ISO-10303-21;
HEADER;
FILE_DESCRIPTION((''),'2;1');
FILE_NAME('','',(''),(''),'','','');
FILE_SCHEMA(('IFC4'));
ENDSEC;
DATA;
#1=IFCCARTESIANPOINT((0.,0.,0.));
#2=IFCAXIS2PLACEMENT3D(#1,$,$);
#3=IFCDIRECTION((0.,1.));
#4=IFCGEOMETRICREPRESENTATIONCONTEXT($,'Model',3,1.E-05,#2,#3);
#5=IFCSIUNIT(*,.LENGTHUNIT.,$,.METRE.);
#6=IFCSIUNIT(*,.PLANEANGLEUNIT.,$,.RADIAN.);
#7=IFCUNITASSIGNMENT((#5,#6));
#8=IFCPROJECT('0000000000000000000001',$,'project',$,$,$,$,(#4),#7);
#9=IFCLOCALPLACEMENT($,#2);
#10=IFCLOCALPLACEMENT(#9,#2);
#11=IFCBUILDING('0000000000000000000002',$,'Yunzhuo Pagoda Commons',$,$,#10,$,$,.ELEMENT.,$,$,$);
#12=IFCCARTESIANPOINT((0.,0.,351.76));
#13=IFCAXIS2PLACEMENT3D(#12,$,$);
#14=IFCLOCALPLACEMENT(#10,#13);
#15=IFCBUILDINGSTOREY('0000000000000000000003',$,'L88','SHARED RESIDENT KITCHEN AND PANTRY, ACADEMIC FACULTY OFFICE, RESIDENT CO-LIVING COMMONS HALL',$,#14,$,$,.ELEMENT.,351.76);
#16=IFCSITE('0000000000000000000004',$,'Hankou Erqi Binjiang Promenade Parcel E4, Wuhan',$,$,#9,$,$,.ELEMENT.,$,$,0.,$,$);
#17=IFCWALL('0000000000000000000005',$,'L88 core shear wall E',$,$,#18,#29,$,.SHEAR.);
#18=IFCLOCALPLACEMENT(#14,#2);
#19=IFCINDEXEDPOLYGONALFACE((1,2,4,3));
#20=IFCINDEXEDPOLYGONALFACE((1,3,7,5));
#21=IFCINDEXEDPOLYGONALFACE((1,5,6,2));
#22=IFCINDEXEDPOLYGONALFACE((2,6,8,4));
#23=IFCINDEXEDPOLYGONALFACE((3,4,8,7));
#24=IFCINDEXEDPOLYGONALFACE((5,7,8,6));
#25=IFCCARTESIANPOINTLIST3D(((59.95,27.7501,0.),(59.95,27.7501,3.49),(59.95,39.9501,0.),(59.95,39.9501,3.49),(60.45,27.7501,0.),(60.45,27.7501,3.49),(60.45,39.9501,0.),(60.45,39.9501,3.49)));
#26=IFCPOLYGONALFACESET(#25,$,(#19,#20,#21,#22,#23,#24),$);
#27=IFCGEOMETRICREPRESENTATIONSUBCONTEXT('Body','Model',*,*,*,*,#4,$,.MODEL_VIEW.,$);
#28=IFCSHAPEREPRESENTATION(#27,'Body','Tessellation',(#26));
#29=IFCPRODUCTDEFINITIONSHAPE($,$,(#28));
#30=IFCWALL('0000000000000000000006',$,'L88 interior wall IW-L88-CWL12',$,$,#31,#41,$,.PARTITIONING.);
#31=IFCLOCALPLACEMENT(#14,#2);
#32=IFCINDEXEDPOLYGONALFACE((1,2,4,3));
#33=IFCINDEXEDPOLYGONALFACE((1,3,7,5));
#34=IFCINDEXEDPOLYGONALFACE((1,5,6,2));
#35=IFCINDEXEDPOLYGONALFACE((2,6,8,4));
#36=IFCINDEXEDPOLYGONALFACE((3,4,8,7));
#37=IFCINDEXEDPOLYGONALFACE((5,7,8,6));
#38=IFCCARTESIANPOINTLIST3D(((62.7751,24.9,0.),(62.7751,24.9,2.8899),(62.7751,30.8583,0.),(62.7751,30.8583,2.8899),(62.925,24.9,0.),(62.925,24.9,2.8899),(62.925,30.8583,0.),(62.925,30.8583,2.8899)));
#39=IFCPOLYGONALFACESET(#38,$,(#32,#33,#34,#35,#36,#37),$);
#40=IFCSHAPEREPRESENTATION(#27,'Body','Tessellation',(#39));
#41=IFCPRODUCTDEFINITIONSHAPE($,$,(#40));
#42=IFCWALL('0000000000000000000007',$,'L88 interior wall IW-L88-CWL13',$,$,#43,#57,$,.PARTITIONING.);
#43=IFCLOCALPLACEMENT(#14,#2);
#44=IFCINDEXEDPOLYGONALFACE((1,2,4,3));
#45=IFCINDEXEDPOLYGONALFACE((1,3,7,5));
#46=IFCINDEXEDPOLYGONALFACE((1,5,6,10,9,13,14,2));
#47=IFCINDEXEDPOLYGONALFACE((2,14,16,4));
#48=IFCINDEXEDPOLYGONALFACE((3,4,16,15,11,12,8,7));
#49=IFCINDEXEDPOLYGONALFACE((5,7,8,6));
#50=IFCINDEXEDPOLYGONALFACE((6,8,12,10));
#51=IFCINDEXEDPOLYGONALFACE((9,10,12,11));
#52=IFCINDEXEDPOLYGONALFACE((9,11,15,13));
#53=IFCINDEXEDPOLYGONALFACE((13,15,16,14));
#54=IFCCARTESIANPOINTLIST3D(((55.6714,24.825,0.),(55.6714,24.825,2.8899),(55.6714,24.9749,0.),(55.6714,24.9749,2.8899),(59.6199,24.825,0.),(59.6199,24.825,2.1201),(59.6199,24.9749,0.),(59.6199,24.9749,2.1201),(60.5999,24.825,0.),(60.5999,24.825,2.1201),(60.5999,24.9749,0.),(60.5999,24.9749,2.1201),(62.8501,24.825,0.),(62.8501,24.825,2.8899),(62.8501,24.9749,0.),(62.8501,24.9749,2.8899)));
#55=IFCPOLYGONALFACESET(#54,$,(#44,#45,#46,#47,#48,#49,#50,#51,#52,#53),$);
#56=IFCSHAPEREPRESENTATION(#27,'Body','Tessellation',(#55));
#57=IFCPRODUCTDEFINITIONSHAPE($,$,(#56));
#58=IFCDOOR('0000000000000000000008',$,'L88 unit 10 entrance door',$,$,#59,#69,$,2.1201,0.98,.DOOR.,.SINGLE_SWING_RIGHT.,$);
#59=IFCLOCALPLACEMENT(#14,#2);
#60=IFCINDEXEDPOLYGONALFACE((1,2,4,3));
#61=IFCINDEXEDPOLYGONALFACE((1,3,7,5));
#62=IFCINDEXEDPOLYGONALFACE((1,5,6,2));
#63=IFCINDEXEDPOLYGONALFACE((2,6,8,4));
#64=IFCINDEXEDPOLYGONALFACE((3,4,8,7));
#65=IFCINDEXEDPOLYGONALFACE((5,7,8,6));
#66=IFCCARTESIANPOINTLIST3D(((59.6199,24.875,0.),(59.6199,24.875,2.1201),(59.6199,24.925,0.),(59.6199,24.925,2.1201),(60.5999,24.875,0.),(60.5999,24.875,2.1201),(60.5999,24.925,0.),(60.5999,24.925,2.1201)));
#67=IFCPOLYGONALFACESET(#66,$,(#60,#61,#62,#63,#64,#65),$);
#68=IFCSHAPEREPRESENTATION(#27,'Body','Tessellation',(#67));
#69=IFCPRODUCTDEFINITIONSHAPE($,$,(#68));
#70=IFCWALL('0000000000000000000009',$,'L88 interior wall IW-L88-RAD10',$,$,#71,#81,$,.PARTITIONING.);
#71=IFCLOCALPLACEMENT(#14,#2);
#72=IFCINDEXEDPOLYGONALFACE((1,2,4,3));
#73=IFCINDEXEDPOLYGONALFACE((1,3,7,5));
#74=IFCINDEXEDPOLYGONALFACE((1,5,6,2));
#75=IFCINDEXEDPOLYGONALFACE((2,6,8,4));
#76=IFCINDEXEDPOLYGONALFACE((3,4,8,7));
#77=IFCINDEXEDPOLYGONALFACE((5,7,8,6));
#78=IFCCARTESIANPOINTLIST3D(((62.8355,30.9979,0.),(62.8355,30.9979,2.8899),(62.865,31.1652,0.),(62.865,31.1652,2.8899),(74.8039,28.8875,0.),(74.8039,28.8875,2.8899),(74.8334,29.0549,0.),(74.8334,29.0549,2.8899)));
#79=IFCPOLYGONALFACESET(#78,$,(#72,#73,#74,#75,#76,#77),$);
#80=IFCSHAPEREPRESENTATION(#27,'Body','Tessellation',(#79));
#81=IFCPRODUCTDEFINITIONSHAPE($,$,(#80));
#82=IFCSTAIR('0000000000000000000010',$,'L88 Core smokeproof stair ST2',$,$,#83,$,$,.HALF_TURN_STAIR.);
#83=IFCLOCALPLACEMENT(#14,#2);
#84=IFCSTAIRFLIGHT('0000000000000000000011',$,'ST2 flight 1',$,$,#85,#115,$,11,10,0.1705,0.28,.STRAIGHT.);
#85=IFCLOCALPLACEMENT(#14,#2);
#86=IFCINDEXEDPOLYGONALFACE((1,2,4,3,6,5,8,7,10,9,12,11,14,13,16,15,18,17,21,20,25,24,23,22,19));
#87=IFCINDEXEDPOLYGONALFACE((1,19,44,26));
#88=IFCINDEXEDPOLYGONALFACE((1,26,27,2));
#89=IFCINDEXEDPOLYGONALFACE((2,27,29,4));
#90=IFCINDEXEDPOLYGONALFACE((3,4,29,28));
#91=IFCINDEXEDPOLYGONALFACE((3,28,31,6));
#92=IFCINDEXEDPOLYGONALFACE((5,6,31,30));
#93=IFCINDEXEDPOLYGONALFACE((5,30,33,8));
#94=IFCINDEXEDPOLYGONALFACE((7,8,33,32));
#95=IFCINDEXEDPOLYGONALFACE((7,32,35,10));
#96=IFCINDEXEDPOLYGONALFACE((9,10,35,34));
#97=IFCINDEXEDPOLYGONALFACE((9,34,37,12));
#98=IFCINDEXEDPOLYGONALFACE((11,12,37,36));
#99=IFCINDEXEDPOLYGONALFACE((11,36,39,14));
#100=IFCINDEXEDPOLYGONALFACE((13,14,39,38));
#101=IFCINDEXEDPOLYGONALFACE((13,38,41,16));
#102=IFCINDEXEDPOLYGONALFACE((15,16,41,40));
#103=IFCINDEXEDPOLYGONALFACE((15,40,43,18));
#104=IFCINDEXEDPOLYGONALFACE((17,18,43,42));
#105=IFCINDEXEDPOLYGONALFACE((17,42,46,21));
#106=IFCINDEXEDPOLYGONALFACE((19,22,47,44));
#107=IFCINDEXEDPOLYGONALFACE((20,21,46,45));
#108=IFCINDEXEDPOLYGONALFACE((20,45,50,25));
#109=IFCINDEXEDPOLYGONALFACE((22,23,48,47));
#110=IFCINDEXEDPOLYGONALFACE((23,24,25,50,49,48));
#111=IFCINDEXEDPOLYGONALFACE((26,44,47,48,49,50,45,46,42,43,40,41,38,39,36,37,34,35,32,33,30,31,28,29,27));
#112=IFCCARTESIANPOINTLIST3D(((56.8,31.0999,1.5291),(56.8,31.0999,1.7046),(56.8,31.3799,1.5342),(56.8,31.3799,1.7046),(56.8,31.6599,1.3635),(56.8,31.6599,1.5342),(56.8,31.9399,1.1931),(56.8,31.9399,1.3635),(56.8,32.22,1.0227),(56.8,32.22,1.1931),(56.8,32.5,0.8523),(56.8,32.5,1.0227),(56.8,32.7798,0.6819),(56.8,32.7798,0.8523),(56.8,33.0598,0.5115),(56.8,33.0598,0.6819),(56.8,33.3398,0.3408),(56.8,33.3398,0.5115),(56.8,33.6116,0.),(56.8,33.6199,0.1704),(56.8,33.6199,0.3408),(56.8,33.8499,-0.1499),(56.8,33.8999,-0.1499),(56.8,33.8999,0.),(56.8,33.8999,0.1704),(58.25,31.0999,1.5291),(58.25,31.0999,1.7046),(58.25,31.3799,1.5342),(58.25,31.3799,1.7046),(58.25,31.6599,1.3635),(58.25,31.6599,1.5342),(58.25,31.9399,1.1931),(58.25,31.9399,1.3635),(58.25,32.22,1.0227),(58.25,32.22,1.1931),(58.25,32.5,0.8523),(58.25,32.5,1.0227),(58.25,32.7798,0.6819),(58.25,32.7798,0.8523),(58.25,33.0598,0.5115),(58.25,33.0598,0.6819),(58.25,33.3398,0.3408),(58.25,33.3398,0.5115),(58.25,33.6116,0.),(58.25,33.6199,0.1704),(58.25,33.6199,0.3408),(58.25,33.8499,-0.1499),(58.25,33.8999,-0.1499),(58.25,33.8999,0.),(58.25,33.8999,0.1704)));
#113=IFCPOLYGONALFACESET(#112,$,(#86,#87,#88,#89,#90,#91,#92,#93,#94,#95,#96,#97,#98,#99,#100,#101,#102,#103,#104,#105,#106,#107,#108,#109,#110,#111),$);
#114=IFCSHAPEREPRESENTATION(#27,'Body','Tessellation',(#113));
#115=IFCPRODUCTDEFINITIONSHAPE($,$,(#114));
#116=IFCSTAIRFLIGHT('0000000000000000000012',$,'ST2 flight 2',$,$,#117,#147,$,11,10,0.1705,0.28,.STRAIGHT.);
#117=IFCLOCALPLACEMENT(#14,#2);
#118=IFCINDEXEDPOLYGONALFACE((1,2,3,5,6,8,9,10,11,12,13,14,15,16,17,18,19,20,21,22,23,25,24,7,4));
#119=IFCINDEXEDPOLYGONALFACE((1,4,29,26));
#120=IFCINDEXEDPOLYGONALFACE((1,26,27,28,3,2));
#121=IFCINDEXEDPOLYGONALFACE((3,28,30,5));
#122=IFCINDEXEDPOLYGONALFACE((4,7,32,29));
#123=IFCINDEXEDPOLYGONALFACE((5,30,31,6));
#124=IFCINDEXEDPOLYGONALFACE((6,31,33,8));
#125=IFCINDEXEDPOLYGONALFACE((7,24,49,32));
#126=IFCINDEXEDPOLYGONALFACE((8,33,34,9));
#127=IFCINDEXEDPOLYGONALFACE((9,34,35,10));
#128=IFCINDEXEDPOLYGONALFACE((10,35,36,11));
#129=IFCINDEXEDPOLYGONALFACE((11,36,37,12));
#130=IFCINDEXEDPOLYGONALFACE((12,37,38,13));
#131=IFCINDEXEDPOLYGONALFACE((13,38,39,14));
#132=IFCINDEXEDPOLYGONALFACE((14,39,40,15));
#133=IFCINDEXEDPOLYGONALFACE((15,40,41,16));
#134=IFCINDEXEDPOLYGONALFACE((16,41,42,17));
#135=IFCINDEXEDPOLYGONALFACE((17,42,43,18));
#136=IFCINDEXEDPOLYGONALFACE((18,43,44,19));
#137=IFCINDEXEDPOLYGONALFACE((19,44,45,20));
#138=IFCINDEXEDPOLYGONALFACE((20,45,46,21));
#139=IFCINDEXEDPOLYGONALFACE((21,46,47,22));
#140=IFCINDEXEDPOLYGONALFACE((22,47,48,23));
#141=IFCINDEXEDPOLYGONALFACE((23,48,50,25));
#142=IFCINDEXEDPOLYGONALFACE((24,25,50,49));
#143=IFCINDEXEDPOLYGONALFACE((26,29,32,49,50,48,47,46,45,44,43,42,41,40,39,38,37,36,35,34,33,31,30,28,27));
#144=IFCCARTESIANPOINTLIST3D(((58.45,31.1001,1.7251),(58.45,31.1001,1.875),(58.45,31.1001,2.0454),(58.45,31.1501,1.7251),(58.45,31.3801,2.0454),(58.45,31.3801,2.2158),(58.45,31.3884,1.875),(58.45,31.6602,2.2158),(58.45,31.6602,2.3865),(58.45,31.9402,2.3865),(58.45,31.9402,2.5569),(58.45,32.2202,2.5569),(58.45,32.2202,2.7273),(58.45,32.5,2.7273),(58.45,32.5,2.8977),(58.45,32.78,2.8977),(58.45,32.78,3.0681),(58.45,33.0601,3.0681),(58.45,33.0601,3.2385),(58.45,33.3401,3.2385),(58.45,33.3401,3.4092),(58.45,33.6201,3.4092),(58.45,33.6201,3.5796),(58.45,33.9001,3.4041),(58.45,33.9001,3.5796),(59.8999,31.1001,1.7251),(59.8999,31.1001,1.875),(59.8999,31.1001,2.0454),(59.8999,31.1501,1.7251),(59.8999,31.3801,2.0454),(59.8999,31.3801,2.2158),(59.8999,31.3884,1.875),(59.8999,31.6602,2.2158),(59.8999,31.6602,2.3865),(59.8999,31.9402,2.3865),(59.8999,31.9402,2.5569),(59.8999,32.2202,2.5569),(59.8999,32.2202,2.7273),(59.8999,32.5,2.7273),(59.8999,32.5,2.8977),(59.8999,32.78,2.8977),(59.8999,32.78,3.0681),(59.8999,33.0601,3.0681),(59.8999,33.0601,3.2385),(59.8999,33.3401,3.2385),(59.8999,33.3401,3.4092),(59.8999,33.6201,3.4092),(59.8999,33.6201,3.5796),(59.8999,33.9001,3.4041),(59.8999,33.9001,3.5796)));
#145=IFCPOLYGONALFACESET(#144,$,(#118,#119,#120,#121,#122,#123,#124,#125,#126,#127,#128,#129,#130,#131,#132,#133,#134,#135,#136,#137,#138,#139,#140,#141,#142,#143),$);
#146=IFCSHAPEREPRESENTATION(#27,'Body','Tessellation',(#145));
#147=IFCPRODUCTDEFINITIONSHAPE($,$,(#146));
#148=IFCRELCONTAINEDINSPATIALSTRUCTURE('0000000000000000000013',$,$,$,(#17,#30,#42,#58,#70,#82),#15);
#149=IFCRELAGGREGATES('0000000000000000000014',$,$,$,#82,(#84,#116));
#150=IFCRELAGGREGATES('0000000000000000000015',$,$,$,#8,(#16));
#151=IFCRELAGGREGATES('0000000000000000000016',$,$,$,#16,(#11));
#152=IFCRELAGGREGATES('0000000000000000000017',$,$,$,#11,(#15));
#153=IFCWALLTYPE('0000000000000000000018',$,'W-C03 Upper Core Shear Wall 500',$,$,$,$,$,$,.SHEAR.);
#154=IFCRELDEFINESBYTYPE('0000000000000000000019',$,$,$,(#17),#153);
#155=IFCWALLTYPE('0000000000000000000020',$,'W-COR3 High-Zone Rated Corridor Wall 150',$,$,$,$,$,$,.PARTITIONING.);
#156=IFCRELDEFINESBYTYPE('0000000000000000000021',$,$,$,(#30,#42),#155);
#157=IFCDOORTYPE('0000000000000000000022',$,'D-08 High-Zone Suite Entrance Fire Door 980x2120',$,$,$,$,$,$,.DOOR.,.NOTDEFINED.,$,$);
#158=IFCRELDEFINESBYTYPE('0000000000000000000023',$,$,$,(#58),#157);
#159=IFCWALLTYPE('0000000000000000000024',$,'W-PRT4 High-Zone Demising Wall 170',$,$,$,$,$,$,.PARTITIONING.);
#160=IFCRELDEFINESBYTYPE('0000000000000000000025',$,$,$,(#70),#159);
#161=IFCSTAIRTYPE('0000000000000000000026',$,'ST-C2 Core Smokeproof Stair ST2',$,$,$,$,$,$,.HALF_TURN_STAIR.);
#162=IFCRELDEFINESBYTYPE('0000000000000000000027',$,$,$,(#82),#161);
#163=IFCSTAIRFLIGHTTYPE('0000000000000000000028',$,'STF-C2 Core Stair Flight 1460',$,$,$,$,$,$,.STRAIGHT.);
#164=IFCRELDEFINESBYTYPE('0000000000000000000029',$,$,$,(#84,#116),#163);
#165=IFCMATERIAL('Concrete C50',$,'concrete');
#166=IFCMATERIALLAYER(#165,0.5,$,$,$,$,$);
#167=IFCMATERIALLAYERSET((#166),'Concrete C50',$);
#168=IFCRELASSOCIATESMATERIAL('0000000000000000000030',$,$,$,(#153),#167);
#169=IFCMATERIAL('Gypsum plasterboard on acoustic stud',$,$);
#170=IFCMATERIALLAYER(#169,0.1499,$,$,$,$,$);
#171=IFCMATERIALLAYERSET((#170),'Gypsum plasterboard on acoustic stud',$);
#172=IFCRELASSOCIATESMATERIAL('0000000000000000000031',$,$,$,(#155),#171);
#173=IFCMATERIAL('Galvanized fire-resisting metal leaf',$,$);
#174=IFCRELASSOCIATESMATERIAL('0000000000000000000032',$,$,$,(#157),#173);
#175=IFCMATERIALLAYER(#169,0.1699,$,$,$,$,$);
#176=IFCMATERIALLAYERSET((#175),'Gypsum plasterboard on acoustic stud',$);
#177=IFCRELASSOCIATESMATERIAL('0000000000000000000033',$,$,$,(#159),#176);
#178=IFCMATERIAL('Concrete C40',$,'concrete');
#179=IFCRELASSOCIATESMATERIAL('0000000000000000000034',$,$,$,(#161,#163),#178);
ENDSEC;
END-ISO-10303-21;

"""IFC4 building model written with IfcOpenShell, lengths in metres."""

from ifc_helpers import new_model, si_unit, direction, frame, frame_2d, origin, origin_with_axes, place, context, subcontext, project, spatial, polyline, rectangle, outline, extrude, source, transform, mapped, material, layer, layer_set, type_object, element, fill, aggregate, save


model = new_model("IFC4")

# Units and contexts
model_context = context("Model", 3, precision=1e-05, world=origin(), true_north=direction((0.0, 1.0)))
body_context = subcontext(model_context, "Body", "Model", "MODEL_VIEW")
ifc_project = project(units=[si_unit("LENGTHUNIT", "METRE"), si_unit("PLANEANGLEUNIT", "RADIAN")], contexts=[model_context])

# Site, building, storey
site_placement = place(None, origin())
site = spatial("IfcSite", under=ifc_project, at=site_placement, Name="Hankou Erqi Binjiang Promenade Parcel E4, Wuhan", CompositionType="ELEMENT", RefElevation=0.0)
building_placement = place(site_placement, origin())
building = spatial("IfcBuilding", under=site, at=building_placement, Name="Yunzhuo Pagoda Commons", CompositionType="ELEMENT")
storey_placement = place(building_placement, frame((0.0, 0.0, 351.76)))
storey = spatial("IfcBuildingStorey", under=building, at=storey_placement, Name="L88", Description="SHARED RESIDENT KITCHEN AND PANTRY, ACADEMIC FACULTY OFFICE, RESIDENT CO-LIVING COMMONS HALL", CompositionType="ELEMENT", Elevation=351.76)

# Walls
ifc_material_1 = material(Name="Concrete C50", Category="concrete")
ifc_layer_1 = layer(ifc_material_1, 0.5)
ifc_layer_set_1 = layer_set([ifc_layer_1], Name="Concrete C50")
wall_type_1 = type_object("IfcWallType", Name="W-C03 Upper Core Shear Wall 500", PredefinedType="SHEAR", material=ifc_layer_set_1)
wall_1_placement = place(storey_placement, frame((60.2, 27.75, 0.0), z_axis=(0.0, 0.0, 1.0), x_axis=(0.0, 1.0, 0.0)))
element("IfcWall", 1, at=wall_1_placement, inside=storey, type_object=wall_type_1, Name="L88 core shear wall E", PredefinedType="SHEAR", context=body_context, shape_type="SweptSolid", body=[
    extrude(rectangle(XDim=12.2, YDim=0.5, at=frame_2d((6.1001, 0.0))), origin(), (0.0, 0.0, 1.0), 3.49),
])
ifc_material_2 = material(Name="Gypsum plasterboard on acoustic stud")
ifc_layer_2 = layer(ifc_material_2, 0.1499)
ifc_layer_set_2 = layer_set([ifc_layer_2], Name="Gypsum plasterboard on acoustic stud")
wall_type_2 = type_object("IfcWallType", Name="W-COR3 High-Zone Rated Corridor Wall 150", PredefinedType="PARTITIONING", material=ifc_layer_set_2)
wall_2_placement = place(storey_placement, frame((62.8501, 30.8582, 0.0), z_axis=(0.0, 0.0, 1.0), x_axis=(0.0, -1.0, 0.0)))
element("IfcWall", 2, at=wall_2_placement, inside=storey, type_object=wall_type_2, Name="L88 interior wall IW-L88-CWL12", PredefinedType="PARTITIONING", context=body_context, shape_type="SweptSolid", body=[
    extrude(rectangle(XDim=5.9583, YDim=0.1499, at=frame_2d((2.979, 0.0))), origin(), (0.0, 0.0, 1.0), 2.8899),
])

# Wall, opening, door
wall_3_placement = place(storey_placement, frame((62.8501, 24.8999, 0.0), z_axis=(0.0, 0.0, 1.0), x_axis=(-1.0, 0.0, 0.0)))
wall_3 = element("IfcWall", 3, at=wall_3_placement, inside=storey, type_object=wall_type_2, Name="L88 interior wall IW-L88-CWL13", PredefinedType="PARTITIONING", context=body_context, shape_type="SweptSolid", body=[
    extrude(rectangle(XDim=7.1787, YDim=0.1499, at=frame_2d((3.5894, 0.0))), origin(), (0.0, 0.0, 1.0), 2.8899),
])
opening_placement = place(wall_3_placement, frame((2.2502, 0.0, 0.0)))
opening = element("IfcOpeningElement", 4, at=opening_placement, cuts=wall_3, PredefinedType="OPENING", context=body_context, shape_type="SweptSolid", body=[
    extrude(rectangle(XDim=0.98, YDim=2.1201, at=frame_2d((0.49, 1.0601))), frame((0.0, 0.085, 0.0), z_axis=(0.0, -1.0, 0.0), x_axis=(1.0, 0.0, 0.0)), (0.0, 0.0, 1.0), 0.1699),
])
ifc_material_3 = material(Name="Galvanized fire-resisting metal leaf")
door_type = type_object("IfcDoorType", Name="D-08 High-Zone Suite Entrance Fire Door 980x2120", OperationType="NOTDEFINED", PredefinedType="DOOR", material=ifc_material_3)
shared_shape_1 = source(origin(), body_context, "Body", "SweptSolid", [
    extrude(rectangle(XDim=0.98, YDim=2.1201, at=frame_2d((0.49, 1.0601))), frame((0.0, 0.0249, 0.0), z_axis=(0.0, -1.0, 0.0), x_axis=(1.0, 0.0, 0.0)), (0.0, 0.0, 1.0), 0.05),
])
door_placement = place(opening_placement, origin_with_axes())
door = element("IfcDoor", 5, at=door_placement, inside=storey, type_object=door_type, Name="L88 unit 10 entrance door", OperationType="SINGLE_SWING_RIGHT", OverallHeight=2.1201, OverallWidth=0.98, PredefinedType="DOOR", context=body_context, shape_type="MappedRepresentation", body=[
    mapped(shared_shape_1, transform((0.0, 0.0, 0.0), scale=1.0)),
])
fill(opening, door)

# Wall
ifc_layer_3 = layer(ifc_material_2, 0.1699)
ifc_layer_set_3 = layer_set([ifc_layer_3], Name="Gypsum plasterboard on acoustic stud")
wall_type_3 = type_object("IfcWallType", Name="W-PRT4 High-Zone Demising Wall 170", PredefinedType="PARTITIONING", material=ifc_layer_set_3)
wall_4_placement = place(storey_placement, frame((62.8501, 31.0815, 0.0), z_axis=(0.0, 0.0, 1.0), x_axis=(0.984808, -0.173647, 0.0)))
element("IfcWall", 6, at=wall_4_placement, inside=storey, type_object=wall_type_3, Name="L88 interior wall IW-L88-RAD10", PredefinedType="PARTITIONING", context=body_context, shape_type="SweptSolid", body=[
    extrude(rectangle(XDim=12.1531, YDim=0.1699, at=frame_2d((6.0767, 0.0))), origin(), (0.0, 0.0, 1.0), 2.8899),
])

# Stair, stair flights
ifc_material_4 = material(Name="Concrete C40", Category="concrete")
stair_type = type_object("IfcStairType", Name="ST-C2 Core Smokeproof Stair ST2", PredefinedType="HALF_TURN_STAIR", material=ifc_material_4)
stair_placement = place(storey_placement, origin())
stair = element("IfcStair", 7, at=stair_placement, inside=storey, type_object=stair_type, Name="L88 Core smokeproof stair ST2", PredefinedType="HALF_TURN_STAIR")
stair_flight_type = type_object("IfcStairFlightType", Name="STF-C2 Core Stair Flight 1460", PredefinedType="STRAIGHT", material=ifc_material_4)
shared_shape_2 = source(origin(), body_context, "Body", "SweptSolid", [
    extrude(outline(polyline([(0.0, -0.1499), (0.0, 0.0), (0.0, 0.1704), (0.28, 0.1704), (0.28, 0.3408), (0.5601, 0.3408), (0.5601, 0.5115), (0.8401, 0.5115), (0.8401, 0.6819), (1.1201, 0.6819), (1.1201, 0.8523), (1.3999, 0.8523), (1.3999, 1.0227), (1.6799, 1.0227), (1.6799, 1.1931), (1.96, 1.1931), (1.96, 1.3635), (2.24, 1.3635), (2.24, 1.5342), (2.52, 1.5342), (2.52, 1.7046), (2.8, 1.7046), (2.8, 1.875), (2.8, 1.5291), (0.2883, 0.0), (0.05, -0.1499), (0.0, -0.1499)])), frame((0.0, 0.7251, 0.0), z_axis=(0.0, -1.0, 0.0), x_axis=(1.0, 0.0, 0.0)), (0.0, 0.0, 1.0), 1.45),
])
stair_flight_1_placement = place(storey_placement, frame((57.5249, 33.8999, 0.0), z_axis=(0.0, 0.0, 1.0), x_axis=(0.0, -1.0, 0.0)))
stair_flight_1 = element("IfcStairFlight", 8, at=stair_flight_1_placement, type_object=stair_flight_type, Name="ST2 flight 1", NumberOfRisers=11, NumberOfTreads=10, PredefinedType="STRAIGHT", RiserHeight=0.1705, TreadLength=0.28, context=body_context, shape_type="MappedRepresentation", body=[
    mapped(shared_shape_2, transform((0.0, 0.0, 0.0), scale=1.0)),
])
stair_flight_2_placement = place(storey_placement, frame((59.175, 31.1001, 1.875), z_axis=(0.0, 0.0, 1.0), x_axis=(0.0, 1.0, 0.0)))
stair_flight_2 = element("IfcStairFlight", 9, at=stair_flight_2_placement, type_object=stair_flight_type, Name="ST2 flight 2", NumberOfRisers=11, NumberOfTreads=10, PredefinedType="STRAIGHT", RiserHeight=0.1705, TreadLength=0.28, context=body_context, shape_type="MappedRepresentation", body=[
    mapped(shared_shape_2, transform((0.0, 0.0, 0.0), scale=1.0)),
])
aggregate(stair, [stair_flight_1, stair_flight_2])

save(model, "model.ifc")
